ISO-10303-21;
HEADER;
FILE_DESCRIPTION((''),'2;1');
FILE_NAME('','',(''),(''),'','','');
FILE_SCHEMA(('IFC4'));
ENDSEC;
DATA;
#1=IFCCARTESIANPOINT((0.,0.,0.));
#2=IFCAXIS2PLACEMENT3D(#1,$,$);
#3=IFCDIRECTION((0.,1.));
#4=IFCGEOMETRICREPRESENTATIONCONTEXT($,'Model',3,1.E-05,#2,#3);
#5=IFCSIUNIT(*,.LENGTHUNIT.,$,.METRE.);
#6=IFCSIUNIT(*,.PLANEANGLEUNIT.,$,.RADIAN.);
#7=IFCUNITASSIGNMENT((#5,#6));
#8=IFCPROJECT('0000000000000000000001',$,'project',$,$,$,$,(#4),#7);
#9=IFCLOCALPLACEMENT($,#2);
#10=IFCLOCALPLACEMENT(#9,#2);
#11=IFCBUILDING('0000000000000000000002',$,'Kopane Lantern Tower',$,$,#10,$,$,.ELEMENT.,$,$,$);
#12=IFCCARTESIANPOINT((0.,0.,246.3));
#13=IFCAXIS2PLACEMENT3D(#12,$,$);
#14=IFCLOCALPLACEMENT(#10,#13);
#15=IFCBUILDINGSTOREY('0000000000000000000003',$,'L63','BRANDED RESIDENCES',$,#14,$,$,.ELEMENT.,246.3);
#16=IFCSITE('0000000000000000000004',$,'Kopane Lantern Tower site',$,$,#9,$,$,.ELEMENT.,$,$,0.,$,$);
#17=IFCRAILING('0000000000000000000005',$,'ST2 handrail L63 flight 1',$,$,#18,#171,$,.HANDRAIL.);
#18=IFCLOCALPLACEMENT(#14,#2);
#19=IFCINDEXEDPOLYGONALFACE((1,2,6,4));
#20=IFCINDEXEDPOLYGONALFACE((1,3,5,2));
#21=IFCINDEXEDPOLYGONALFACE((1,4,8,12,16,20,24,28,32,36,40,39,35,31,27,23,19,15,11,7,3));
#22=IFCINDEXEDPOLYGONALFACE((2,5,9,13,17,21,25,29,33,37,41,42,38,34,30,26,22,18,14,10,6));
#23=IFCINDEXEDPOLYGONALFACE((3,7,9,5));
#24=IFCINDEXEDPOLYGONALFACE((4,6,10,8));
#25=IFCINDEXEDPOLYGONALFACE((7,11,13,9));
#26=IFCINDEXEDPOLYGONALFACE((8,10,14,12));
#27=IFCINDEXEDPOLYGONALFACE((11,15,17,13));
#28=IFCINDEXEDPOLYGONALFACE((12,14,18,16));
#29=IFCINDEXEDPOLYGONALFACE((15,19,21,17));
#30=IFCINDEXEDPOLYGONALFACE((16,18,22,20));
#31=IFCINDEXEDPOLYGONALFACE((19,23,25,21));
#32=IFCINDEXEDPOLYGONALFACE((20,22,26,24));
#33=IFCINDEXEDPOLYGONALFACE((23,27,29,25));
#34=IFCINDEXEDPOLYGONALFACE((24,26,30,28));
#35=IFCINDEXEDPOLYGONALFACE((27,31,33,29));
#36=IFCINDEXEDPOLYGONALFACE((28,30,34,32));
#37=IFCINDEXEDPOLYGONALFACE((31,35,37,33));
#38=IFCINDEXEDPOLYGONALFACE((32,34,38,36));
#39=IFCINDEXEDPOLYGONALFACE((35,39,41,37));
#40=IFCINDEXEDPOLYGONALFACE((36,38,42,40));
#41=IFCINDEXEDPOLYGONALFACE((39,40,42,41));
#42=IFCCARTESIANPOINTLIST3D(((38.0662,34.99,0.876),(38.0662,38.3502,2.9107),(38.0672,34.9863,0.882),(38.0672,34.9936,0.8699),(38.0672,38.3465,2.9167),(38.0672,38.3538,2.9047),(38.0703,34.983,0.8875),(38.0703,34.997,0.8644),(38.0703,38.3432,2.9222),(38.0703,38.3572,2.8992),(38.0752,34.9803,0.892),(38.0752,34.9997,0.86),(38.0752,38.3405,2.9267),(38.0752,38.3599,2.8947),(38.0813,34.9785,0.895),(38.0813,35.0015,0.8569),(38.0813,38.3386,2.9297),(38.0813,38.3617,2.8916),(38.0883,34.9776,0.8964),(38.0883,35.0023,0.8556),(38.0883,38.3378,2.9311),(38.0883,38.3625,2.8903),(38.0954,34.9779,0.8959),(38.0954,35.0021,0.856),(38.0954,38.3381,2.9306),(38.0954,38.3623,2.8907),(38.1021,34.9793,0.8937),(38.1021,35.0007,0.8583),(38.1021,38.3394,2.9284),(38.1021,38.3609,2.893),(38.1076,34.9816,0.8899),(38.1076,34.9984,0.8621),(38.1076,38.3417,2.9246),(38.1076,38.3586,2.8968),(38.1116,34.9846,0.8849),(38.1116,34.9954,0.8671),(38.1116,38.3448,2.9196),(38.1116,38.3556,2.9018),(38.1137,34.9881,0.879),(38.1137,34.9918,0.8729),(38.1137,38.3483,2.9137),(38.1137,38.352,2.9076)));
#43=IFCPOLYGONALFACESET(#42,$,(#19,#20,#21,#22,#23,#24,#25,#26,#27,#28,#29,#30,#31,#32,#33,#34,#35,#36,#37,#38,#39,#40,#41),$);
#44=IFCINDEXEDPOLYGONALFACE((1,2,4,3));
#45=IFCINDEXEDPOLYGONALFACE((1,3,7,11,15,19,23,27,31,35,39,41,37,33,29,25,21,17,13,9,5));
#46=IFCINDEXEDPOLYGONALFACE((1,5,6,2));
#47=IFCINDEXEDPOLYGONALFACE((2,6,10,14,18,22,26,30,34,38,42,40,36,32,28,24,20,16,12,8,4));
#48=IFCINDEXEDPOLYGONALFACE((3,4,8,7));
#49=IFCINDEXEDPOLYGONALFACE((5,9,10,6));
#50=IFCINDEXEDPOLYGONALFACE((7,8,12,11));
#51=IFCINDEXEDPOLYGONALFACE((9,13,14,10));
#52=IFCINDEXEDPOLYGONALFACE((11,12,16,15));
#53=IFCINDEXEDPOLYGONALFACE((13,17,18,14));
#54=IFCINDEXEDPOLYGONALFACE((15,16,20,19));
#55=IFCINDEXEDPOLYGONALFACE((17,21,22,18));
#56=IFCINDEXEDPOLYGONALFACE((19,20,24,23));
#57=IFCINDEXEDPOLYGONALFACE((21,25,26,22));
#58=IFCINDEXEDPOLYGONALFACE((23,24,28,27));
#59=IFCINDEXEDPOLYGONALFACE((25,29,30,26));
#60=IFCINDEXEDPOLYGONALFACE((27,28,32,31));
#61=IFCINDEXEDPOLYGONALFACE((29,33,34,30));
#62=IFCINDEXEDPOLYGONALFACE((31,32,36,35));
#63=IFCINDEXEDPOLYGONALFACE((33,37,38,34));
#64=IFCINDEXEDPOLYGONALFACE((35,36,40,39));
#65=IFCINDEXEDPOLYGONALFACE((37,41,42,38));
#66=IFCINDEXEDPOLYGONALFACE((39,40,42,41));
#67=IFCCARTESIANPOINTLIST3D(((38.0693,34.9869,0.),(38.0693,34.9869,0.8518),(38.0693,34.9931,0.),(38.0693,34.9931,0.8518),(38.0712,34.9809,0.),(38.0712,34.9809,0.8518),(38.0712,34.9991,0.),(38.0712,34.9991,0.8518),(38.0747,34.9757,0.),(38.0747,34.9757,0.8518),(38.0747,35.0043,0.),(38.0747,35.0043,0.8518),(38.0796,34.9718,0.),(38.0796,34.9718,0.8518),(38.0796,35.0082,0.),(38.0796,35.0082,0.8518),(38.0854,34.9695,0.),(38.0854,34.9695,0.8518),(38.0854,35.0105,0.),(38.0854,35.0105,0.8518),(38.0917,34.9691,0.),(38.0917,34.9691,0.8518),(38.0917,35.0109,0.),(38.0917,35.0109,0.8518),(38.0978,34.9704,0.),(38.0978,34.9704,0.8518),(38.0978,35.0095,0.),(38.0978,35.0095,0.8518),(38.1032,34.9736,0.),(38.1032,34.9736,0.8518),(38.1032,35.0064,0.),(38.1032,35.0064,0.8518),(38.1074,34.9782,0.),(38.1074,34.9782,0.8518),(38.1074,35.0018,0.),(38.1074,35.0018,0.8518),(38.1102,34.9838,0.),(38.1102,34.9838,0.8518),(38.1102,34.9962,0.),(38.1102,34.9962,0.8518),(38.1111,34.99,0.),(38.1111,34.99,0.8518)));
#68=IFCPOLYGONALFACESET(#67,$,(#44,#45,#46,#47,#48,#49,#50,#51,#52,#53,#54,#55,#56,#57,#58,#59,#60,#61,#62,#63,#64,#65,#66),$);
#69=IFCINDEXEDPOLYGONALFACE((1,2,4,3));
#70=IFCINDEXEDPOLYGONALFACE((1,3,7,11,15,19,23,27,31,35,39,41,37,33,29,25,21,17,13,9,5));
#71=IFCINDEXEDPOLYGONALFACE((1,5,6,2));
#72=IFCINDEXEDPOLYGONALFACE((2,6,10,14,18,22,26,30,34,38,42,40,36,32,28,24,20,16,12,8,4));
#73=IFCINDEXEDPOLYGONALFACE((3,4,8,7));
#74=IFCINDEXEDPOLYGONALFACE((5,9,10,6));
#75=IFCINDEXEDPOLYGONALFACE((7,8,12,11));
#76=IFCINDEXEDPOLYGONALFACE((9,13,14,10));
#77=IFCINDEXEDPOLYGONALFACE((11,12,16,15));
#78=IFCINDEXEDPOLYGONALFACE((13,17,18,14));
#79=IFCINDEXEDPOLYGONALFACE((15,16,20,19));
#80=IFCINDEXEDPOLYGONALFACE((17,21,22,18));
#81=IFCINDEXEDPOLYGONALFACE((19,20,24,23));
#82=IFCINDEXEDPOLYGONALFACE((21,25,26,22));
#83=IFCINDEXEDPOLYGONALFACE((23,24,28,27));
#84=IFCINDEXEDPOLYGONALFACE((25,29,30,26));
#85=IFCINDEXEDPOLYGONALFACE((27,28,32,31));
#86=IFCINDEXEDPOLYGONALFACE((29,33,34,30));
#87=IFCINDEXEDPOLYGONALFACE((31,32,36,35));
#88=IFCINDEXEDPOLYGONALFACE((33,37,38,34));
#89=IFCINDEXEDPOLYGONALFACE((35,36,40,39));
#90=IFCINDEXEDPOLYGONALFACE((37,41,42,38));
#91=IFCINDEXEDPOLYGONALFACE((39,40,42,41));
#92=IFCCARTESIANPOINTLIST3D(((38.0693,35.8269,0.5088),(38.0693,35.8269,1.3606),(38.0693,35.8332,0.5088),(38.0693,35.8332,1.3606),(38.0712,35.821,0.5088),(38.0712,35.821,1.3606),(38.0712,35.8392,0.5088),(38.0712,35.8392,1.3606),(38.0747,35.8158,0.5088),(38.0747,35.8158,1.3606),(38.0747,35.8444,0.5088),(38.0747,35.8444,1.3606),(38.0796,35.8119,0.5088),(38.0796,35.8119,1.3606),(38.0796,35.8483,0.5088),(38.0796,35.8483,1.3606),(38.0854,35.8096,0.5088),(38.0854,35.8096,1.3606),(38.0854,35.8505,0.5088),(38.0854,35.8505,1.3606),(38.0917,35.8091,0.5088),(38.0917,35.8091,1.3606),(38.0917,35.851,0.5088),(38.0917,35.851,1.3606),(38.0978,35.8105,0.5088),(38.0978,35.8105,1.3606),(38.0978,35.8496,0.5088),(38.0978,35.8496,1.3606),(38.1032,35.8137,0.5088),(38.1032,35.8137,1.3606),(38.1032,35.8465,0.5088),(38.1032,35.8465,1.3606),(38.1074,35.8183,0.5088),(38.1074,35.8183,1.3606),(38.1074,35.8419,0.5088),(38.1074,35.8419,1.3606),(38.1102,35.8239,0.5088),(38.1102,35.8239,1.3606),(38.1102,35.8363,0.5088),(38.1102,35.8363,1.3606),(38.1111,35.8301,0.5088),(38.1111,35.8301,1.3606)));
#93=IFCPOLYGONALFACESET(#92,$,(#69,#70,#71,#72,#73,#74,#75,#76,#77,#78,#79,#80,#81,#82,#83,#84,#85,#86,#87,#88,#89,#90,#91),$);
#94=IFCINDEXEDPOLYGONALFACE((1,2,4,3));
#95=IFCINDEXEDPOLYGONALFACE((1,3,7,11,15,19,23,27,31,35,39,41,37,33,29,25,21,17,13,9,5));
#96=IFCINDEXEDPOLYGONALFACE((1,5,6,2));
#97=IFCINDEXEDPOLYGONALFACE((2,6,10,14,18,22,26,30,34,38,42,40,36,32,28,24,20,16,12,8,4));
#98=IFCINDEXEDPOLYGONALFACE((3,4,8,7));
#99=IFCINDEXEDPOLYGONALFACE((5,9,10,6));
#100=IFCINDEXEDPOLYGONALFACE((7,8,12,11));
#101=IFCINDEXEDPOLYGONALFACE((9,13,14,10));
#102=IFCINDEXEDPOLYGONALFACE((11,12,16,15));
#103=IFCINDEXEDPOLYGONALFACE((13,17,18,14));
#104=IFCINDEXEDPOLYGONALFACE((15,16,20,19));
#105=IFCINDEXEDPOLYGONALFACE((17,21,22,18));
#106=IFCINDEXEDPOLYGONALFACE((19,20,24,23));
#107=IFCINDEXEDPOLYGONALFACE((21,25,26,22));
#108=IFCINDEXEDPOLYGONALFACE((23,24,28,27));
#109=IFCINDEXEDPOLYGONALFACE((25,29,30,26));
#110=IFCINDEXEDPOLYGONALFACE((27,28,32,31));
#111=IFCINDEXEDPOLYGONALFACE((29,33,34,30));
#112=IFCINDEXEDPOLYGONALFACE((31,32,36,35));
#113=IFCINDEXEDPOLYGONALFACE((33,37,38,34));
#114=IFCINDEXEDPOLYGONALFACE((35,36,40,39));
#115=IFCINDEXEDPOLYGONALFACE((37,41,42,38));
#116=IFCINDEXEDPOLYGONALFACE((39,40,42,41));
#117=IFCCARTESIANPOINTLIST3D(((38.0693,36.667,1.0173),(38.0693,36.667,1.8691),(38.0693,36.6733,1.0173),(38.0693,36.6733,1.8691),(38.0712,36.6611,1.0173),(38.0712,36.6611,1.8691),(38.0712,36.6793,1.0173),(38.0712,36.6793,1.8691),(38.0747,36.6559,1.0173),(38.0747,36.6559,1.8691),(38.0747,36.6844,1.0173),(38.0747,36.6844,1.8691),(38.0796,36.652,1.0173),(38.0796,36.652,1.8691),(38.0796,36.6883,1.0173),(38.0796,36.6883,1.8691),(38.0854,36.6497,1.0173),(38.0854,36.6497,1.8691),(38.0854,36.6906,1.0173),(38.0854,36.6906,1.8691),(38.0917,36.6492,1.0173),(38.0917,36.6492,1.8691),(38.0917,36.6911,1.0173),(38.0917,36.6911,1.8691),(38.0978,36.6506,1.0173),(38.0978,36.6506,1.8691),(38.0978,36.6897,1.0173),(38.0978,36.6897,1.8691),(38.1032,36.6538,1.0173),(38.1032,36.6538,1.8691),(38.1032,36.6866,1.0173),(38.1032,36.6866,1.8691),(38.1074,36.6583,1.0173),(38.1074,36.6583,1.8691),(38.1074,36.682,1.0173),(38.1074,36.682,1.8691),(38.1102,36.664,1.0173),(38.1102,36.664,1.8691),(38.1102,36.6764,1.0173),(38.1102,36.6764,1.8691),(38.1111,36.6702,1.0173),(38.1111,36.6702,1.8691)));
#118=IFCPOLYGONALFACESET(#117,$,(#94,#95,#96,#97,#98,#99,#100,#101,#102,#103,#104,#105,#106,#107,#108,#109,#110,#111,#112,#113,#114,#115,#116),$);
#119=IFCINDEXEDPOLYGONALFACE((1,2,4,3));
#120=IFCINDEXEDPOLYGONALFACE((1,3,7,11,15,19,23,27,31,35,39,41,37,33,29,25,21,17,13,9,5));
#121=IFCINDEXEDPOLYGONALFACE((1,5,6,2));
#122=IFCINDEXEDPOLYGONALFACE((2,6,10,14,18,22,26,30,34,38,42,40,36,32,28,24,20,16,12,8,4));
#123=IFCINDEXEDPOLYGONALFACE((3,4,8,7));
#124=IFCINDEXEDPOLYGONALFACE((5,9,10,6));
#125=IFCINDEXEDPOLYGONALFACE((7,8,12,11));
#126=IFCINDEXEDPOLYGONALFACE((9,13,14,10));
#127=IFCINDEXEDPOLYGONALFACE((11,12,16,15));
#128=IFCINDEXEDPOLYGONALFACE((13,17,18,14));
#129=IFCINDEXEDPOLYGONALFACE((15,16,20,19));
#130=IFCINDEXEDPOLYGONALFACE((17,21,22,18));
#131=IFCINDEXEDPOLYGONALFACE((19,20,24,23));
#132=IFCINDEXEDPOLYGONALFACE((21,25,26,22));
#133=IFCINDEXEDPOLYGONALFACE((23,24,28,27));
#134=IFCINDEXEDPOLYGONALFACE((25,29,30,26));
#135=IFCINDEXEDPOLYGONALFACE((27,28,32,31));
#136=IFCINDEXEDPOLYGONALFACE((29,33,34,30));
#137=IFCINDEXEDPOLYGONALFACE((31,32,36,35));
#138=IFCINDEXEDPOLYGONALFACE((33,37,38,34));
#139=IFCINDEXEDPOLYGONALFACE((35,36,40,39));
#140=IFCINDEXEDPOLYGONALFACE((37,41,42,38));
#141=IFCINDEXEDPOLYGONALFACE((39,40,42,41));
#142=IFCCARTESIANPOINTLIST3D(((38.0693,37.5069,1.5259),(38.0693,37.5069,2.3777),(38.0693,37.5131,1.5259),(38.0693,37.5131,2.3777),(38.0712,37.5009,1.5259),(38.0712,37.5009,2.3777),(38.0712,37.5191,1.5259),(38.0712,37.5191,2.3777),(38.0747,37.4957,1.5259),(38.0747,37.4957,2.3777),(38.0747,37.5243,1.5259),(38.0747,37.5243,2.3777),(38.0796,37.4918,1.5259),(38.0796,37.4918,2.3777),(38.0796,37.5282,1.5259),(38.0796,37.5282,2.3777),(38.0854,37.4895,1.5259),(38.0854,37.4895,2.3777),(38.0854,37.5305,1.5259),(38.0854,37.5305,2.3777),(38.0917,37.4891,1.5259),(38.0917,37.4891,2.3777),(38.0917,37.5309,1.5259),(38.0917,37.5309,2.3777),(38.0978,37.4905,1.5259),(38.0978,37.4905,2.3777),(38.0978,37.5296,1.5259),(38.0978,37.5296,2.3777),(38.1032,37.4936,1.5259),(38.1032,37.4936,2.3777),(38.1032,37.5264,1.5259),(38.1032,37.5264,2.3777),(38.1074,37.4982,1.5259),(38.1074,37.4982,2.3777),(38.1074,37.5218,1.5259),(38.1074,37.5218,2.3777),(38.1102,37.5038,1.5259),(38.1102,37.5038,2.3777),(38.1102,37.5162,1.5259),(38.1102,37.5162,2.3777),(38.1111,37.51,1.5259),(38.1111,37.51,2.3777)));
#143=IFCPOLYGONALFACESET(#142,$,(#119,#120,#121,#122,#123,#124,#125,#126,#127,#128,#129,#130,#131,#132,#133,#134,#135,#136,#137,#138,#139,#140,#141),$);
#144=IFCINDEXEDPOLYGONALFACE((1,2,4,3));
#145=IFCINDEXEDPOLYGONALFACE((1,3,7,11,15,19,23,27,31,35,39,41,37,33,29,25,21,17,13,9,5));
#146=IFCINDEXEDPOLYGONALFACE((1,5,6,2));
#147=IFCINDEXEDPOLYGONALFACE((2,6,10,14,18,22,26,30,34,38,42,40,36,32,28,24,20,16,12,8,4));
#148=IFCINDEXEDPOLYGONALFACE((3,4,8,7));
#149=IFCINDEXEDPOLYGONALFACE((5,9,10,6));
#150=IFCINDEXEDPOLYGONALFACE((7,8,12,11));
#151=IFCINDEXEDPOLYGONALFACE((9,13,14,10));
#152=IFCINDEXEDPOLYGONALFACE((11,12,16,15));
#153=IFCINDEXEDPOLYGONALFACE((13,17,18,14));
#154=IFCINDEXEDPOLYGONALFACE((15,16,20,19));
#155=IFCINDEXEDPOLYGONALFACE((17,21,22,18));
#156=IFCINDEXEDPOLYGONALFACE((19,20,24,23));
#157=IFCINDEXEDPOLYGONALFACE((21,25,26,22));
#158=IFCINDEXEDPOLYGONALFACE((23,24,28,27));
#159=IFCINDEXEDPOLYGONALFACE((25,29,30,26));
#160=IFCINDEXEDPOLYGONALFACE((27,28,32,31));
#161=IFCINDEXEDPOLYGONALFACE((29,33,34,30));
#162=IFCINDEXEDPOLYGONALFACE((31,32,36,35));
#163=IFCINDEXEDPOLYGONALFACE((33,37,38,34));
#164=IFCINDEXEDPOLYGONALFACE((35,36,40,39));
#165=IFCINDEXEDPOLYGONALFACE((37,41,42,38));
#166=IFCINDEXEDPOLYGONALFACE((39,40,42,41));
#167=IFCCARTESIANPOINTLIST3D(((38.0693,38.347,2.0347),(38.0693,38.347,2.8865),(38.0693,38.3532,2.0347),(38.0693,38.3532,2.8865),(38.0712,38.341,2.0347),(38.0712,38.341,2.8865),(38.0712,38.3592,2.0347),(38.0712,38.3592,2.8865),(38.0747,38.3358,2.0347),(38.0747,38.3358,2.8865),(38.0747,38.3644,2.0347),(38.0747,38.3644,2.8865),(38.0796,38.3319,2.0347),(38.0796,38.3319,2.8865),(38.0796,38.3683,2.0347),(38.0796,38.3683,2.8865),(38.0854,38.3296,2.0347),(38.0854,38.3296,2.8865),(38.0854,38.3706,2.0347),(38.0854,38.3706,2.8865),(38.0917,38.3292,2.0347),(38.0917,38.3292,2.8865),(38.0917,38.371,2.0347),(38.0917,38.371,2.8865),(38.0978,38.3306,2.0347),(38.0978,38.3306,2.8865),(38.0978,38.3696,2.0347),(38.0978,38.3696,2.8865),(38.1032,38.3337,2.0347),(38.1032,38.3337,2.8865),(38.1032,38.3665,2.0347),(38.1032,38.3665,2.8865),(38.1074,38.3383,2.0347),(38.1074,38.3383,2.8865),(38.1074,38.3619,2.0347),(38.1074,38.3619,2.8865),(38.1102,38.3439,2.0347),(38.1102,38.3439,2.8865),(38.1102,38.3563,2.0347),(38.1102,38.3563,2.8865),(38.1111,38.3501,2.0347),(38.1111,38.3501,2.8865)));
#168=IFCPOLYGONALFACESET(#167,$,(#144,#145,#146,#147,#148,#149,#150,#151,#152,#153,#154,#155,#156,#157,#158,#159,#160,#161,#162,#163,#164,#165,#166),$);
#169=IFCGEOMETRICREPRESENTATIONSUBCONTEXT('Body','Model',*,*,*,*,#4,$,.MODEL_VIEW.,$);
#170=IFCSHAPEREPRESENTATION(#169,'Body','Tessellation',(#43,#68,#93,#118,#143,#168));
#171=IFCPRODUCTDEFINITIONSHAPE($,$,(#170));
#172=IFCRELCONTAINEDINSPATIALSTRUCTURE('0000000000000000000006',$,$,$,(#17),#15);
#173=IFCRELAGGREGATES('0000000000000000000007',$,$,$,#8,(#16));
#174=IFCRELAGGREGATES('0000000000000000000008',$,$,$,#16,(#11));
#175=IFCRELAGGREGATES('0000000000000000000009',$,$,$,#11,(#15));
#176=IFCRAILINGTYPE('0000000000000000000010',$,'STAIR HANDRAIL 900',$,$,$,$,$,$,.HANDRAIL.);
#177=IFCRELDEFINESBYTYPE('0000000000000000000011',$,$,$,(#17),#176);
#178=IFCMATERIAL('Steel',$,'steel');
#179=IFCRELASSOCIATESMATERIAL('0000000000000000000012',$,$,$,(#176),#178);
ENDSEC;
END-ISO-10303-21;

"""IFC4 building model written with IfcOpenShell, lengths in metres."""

from ifc_helpers import new_model, si_unit, direction, frame, origin, origin_2d, place, context, subcontext, project, spatial, circle, extrude, material, type_object, element, save


model = new_model("IFC4")

# Units and contexts
model_context = context("Model", 3, precision=1e-05, world=origin(), true_north=direction((0.0, 1.0)))
body_context = subcontext(model_context, "Body", "Model", "MODEL_VIEW")
ifc_project = project(units=[si_unit("LENGTHUNIT", "METRE"), si_unit("PLANEANGLEUNIT", "RADIAN")], contexts=[model_context])

# Site, building, storey
site_placement = place(None, origin())
site = spatial("IfcSite", under=ifc_project, at=site_placement, Name="Kopane Lantern Tower site", CompositionType="ELEMENT", RefElevation=0.0)
building_placement = place(site_placement, origin())
building = spatial("IfcBuilding", under=site, at=building_placement, Name="Kopane Lantern Tower", CompositionType="ELEMENT")
storey_placement = place(building_placement, frame((0.0, 0.0, 246.3)))
storey = spatial("IfcBuildingStorey", under=building, at=storey_placement, Name="L63", Description="BRANDED RESIDENCES", CompositionType="ELEMENT", Elevation=246.3)

# Railing
ifc_material_1 = material(Name="Steel", Category="steel")
railing_type_1 = type_object("IfcRailingType", Name="STAIR HANDRAIL 900", PredefinedType="HANDRAIL", material=ifc_material_1)
for number, where, name in (
    (1, (38.0901, 34.99, 0.0), "ST2 handrail L63 flight 1"),
):
    element("IfcRailing", number, at=place(storey_placement, frame(where)), inside=storey, type_object=railing_type_1, Name=name, PredefinedType="HANDRAIL", context=body_context, shape_type="SweptSolid", body=[
        extrude(circle(Radius=0.0239, at=origin_2d()), frame((0.0, 0.0, 0.876), z_axis=(0.0, 0.855396, 0.517974), x_axis=(-1.0, 0.0, 0.0)), (0.0, 0.0, 1.0), 3.9282),
        extrude(circle(Radius=0.021, at=origin_2d()), origin(), (0.0, 0.0, 1.0), 0.8518),
        extrude(circle(Radius=0.021, at=origin_2d()), frame((0.0, 0.8401, 0.5088)), (0.0, 0.0, 1.0), 0.8518),
        extrude(circle(Radius=0.021, at=origin_2d()), frame((0.0, 1.6802, 1.0173)), (0.0, 0.0, 1.0), 0.8518),
        extrude(circle(Radius=0.021, at=origin_2d()), frame((0.0, 2.52, 1.5259)), (0.0, 0.0, 1.0), 0.8518),
        extrude(circle(Radius=0.021, at=origin_2d()), frame((0.0, 3.3601, 2.0347)), (0.0, 0.0, 1.0), 0.8518),
    ])

save(model, "model.ifc")
